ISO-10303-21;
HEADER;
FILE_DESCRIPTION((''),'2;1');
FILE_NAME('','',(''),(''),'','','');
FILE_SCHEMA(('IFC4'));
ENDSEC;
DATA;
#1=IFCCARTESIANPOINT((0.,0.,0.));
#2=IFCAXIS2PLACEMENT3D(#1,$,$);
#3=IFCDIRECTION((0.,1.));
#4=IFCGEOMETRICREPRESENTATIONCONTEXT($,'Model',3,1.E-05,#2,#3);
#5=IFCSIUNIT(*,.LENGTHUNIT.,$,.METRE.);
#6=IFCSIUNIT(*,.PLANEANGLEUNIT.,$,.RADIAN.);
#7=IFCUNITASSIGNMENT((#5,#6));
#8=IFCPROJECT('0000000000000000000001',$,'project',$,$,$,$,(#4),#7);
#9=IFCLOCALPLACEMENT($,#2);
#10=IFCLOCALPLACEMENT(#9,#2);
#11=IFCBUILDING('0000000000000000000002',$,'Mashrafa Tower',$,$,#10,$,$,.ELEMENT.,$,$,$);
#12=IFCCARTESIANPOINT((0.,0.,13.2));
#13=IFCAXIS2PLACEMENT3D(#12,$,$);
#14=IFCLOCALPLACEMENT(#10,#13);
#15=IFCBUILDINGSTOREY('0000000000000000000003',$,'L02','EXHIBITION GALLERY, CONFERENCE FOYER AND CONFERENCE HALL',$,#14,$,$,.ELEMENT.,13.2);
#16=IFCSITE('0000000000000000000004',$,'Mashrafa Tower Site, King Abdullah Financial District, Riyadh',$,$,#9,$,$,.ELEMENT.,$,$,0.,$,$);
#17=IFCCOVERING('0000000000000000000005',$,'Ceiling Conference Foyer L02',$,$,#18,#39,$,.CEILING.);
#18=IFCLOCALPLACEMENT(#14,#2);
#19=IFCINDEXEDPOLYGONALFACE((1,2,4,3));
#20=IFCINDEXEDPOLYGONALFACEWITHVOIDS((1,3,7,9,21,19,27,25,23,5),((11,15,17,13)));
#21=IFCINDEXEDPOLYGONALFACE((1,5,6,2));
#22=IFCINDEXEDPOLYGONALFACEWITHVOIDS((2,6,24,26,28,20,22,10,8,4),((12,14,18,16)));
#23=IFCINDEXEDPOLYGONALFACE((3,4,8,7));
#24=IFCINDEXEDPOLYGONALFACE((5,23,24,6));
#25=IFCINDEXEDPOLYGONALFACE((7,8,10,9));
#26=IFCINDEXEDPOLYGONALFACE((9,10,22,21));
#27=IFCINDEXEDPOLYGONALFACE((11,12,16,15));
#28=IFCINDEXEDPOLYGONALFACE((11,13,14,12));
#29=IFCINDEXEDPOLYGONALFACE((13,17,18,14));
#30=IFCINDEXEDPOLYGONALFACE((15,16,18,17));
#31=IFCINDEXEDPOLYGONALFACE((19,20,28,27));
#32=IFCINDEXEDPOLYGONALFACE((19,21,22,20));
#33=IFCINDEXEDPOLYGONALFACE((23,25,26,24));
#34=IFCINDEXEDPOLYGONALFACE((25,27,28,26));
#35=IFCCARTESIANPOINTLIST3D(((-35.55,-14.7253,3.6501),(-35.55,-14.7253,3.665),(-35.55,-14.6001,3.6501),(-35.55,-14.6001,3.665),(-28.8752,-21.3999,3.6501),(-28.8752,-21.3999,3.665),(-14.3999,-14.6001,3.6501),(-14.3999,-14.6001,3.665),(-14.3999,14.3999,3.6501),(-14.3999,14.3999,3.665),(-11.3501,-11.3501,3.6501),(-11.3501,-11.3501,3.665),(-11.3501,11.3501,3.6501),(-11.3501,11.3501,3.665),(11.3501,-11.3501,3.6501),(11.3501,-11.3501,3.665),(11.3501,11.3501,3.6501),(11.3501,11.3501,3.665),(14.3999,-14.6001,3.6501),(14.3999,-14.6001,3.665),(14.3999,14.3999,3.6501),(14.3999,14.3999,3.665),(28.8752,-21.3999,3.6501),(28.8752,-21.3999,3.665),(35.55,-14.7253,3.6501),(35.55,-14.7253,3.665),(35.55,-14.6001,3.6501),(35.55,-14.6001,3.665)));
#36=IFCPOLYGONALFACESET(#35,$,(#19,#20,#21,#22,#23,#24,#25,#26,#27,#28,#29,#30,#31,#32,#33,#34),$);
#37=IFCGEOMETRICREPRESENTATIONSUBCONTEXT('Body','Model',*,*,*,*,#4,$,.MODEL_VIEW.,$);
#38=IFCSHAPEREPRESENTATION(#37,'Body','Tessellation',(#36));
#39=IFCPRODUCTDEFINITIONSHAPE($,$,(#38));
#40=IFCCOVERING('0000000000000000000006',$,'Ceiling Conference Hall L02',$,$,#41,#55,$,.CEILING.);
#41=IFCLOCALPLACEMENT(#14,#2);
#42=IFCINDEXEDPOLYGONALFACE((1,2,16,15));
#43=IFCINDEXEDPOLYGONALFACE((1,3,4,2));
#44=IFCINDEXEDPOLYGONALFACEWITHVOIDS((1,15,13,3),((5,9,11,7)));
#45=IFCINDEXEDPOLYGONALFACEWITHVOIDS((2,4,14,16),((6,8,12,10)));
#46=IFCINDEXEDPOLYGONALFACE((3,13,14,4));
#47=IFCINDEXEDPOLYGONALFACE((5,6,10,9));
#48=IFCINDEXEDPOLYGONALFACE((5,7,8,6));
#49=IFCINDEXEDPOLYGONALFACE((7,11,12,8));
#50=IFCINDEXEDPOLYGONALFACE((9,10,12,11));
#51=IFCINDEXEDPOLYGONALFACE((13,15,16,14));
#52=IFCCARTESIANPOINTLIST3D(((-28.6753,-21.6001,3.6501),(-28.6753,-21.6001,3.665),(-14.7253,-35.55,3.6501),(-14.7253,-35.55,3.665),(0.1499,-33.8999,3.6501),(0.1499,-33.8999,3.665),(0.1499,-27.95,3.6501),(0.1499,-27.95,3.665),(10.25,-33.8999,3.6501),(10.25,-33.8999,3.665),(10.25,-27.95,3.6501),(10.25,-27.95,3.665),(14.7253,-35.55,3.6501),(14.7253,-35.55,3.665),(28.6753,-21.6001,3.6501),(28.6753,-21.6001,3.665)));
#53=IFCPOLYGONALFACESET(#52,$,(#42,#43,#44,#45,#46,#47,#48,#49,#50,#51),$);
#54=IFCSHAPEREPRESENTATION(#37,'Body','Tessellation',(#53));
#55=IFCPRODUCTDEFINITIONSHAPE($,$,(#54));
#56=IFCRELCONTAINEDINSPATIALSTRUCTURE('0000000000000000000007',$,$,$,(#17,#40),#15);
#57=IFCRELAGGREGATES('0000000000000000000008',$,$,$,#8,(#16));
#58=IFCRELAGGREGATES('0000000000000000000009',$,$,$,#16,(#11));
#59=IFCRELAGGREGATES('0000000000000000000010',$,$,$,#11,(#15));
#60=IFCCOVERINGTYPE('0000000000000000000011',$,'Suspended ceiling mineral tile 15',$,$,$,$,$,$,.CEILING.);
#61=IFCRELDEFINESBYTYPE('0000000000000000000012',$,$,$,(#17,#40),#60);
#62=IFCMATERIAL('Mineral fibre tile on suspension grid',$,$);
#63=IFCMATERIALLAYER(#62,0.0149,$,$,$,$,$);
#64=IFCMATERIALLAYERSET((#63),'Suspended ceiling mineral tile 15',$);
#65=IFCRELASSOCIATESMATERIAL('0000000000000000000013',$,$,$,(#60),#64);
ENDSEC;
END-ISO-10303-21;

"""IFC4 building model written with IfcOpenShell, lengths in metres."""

from ifc_helpers import new_model, si_unit, direction, frame, origin, place, context, subcontext, project, spatial, polyline, outline, extrude, material, layer, layer_set, type_object, element, save


model = new_model("IFC4")

# Units and contexts
model_context = context("Model", 3, precision=1e-05, world=origin(), true_north=direction((0.0, 1.0)))
body_context = subcontext(model_context, "Body", "Model", "MODEL_VIEW")
ifc_project = project(units=[si_unit("LENGTHUNIT", "METRE"), si_unit("PLANEANGLEUNIT", "RADIAN")], contexts=[model_context])

# Site, building, storey
site_placement = place(None, origin())
site = spatial("IfcSite", under=ifc_project, at=site_placement, Name="Mashrafa Tower Site, King Abdullah Financial District, Riyadh", CompositionType="ELEMENT", RefElevation=0.0)
building_placement = place(site_placement, origin())
building = spatial("IfcBuilding", under=site, at=building_placement, Name="Mashrafa Tower", CompositionType="ELEMENT")
storey_placement = place(building_placement, frame((0.0, 0.0, 13.2)))
storey = spatial("IfcBuildingStorey", under=building, at=storey_placement, Name="L02", Description="EXHIBITION GALLERY, CONFERENCE FOYER AND CONFERENCE HALL", CompositionType="ELEMENT", Elevation=13.2)

# Coverings
ifc_material_1 = material(Name="Mineral fibre tile on suspension grid")
ifc_layer_1 = layer(ifc_material_1, 0.0149)
ifc_layer_set_1 = layer_set([ifc_layer_1], Name="Suspended ceiling mineral tile 15")
covering_type = type_object("IfcCoveringType", Name="Suspended ceiling mineral tile 15", PredefinedType="CEILING", material=ifc_layer_set_1)
covering_1_placement = place(storey_placement, frame((0.0, 0.0, 3.6501)))
element("IfcCovering", 1, at=covering_1_placement, inside=storey, type_object=covering_type, Name="Ceiling Conference Foyer L02", PredefinedType="CEILING", context=body_context, shape_type="SweptSolid", body=[
    extrude(outline(polyline([(-35.55, -14.7253), (-35.55, -14.6001), (-14.3999, -14.6001), (-14.3999, 14.3999), (14.3999, 14.3999), (14.3999, -14.6001), (35.55, -14.6001), (35.55, -14.7253), (28.8752, -21.3999), (-28.8752, -21.3999), (-35.55, -14.7253)]), holes=[polyline([(11.3501, -11.3501), (11.3501, 11.3501), (-11.3501, 11.3501), (-11.3501, -11.3501), (11.3501, -11.3501)])]), origin(), (0.0, 0.0, 1.0), 0.0149),
])
covering_2_placement = place(storey_placement, frame((0.0, 0.0, 3.6501)))
element("IfcCovering", 2, at=covering_2_placement, inside=storey, type_object=covering_type, Name="Ceiling Conference Hall L02", PredefinedType="CEILING", context=body_context, shape_type="SweptSolid", body=[
    extrude(outline(polyline([(14.7253, -35.55), (-14.7253, -35.55), (-28.6753, -21.6001), (28.6753, -21.6001), (14.7253, -35.55)]), holes=[polyline([(0.1499, -27.95), (0.1499, -33.8999), (10.25, -33.8999), (10.25, -27.95), (0.1499, -27.95)])]), origin(), (0.0, 0.0, 1.0), 0.0149),
])

save(model, "model.ifc")
